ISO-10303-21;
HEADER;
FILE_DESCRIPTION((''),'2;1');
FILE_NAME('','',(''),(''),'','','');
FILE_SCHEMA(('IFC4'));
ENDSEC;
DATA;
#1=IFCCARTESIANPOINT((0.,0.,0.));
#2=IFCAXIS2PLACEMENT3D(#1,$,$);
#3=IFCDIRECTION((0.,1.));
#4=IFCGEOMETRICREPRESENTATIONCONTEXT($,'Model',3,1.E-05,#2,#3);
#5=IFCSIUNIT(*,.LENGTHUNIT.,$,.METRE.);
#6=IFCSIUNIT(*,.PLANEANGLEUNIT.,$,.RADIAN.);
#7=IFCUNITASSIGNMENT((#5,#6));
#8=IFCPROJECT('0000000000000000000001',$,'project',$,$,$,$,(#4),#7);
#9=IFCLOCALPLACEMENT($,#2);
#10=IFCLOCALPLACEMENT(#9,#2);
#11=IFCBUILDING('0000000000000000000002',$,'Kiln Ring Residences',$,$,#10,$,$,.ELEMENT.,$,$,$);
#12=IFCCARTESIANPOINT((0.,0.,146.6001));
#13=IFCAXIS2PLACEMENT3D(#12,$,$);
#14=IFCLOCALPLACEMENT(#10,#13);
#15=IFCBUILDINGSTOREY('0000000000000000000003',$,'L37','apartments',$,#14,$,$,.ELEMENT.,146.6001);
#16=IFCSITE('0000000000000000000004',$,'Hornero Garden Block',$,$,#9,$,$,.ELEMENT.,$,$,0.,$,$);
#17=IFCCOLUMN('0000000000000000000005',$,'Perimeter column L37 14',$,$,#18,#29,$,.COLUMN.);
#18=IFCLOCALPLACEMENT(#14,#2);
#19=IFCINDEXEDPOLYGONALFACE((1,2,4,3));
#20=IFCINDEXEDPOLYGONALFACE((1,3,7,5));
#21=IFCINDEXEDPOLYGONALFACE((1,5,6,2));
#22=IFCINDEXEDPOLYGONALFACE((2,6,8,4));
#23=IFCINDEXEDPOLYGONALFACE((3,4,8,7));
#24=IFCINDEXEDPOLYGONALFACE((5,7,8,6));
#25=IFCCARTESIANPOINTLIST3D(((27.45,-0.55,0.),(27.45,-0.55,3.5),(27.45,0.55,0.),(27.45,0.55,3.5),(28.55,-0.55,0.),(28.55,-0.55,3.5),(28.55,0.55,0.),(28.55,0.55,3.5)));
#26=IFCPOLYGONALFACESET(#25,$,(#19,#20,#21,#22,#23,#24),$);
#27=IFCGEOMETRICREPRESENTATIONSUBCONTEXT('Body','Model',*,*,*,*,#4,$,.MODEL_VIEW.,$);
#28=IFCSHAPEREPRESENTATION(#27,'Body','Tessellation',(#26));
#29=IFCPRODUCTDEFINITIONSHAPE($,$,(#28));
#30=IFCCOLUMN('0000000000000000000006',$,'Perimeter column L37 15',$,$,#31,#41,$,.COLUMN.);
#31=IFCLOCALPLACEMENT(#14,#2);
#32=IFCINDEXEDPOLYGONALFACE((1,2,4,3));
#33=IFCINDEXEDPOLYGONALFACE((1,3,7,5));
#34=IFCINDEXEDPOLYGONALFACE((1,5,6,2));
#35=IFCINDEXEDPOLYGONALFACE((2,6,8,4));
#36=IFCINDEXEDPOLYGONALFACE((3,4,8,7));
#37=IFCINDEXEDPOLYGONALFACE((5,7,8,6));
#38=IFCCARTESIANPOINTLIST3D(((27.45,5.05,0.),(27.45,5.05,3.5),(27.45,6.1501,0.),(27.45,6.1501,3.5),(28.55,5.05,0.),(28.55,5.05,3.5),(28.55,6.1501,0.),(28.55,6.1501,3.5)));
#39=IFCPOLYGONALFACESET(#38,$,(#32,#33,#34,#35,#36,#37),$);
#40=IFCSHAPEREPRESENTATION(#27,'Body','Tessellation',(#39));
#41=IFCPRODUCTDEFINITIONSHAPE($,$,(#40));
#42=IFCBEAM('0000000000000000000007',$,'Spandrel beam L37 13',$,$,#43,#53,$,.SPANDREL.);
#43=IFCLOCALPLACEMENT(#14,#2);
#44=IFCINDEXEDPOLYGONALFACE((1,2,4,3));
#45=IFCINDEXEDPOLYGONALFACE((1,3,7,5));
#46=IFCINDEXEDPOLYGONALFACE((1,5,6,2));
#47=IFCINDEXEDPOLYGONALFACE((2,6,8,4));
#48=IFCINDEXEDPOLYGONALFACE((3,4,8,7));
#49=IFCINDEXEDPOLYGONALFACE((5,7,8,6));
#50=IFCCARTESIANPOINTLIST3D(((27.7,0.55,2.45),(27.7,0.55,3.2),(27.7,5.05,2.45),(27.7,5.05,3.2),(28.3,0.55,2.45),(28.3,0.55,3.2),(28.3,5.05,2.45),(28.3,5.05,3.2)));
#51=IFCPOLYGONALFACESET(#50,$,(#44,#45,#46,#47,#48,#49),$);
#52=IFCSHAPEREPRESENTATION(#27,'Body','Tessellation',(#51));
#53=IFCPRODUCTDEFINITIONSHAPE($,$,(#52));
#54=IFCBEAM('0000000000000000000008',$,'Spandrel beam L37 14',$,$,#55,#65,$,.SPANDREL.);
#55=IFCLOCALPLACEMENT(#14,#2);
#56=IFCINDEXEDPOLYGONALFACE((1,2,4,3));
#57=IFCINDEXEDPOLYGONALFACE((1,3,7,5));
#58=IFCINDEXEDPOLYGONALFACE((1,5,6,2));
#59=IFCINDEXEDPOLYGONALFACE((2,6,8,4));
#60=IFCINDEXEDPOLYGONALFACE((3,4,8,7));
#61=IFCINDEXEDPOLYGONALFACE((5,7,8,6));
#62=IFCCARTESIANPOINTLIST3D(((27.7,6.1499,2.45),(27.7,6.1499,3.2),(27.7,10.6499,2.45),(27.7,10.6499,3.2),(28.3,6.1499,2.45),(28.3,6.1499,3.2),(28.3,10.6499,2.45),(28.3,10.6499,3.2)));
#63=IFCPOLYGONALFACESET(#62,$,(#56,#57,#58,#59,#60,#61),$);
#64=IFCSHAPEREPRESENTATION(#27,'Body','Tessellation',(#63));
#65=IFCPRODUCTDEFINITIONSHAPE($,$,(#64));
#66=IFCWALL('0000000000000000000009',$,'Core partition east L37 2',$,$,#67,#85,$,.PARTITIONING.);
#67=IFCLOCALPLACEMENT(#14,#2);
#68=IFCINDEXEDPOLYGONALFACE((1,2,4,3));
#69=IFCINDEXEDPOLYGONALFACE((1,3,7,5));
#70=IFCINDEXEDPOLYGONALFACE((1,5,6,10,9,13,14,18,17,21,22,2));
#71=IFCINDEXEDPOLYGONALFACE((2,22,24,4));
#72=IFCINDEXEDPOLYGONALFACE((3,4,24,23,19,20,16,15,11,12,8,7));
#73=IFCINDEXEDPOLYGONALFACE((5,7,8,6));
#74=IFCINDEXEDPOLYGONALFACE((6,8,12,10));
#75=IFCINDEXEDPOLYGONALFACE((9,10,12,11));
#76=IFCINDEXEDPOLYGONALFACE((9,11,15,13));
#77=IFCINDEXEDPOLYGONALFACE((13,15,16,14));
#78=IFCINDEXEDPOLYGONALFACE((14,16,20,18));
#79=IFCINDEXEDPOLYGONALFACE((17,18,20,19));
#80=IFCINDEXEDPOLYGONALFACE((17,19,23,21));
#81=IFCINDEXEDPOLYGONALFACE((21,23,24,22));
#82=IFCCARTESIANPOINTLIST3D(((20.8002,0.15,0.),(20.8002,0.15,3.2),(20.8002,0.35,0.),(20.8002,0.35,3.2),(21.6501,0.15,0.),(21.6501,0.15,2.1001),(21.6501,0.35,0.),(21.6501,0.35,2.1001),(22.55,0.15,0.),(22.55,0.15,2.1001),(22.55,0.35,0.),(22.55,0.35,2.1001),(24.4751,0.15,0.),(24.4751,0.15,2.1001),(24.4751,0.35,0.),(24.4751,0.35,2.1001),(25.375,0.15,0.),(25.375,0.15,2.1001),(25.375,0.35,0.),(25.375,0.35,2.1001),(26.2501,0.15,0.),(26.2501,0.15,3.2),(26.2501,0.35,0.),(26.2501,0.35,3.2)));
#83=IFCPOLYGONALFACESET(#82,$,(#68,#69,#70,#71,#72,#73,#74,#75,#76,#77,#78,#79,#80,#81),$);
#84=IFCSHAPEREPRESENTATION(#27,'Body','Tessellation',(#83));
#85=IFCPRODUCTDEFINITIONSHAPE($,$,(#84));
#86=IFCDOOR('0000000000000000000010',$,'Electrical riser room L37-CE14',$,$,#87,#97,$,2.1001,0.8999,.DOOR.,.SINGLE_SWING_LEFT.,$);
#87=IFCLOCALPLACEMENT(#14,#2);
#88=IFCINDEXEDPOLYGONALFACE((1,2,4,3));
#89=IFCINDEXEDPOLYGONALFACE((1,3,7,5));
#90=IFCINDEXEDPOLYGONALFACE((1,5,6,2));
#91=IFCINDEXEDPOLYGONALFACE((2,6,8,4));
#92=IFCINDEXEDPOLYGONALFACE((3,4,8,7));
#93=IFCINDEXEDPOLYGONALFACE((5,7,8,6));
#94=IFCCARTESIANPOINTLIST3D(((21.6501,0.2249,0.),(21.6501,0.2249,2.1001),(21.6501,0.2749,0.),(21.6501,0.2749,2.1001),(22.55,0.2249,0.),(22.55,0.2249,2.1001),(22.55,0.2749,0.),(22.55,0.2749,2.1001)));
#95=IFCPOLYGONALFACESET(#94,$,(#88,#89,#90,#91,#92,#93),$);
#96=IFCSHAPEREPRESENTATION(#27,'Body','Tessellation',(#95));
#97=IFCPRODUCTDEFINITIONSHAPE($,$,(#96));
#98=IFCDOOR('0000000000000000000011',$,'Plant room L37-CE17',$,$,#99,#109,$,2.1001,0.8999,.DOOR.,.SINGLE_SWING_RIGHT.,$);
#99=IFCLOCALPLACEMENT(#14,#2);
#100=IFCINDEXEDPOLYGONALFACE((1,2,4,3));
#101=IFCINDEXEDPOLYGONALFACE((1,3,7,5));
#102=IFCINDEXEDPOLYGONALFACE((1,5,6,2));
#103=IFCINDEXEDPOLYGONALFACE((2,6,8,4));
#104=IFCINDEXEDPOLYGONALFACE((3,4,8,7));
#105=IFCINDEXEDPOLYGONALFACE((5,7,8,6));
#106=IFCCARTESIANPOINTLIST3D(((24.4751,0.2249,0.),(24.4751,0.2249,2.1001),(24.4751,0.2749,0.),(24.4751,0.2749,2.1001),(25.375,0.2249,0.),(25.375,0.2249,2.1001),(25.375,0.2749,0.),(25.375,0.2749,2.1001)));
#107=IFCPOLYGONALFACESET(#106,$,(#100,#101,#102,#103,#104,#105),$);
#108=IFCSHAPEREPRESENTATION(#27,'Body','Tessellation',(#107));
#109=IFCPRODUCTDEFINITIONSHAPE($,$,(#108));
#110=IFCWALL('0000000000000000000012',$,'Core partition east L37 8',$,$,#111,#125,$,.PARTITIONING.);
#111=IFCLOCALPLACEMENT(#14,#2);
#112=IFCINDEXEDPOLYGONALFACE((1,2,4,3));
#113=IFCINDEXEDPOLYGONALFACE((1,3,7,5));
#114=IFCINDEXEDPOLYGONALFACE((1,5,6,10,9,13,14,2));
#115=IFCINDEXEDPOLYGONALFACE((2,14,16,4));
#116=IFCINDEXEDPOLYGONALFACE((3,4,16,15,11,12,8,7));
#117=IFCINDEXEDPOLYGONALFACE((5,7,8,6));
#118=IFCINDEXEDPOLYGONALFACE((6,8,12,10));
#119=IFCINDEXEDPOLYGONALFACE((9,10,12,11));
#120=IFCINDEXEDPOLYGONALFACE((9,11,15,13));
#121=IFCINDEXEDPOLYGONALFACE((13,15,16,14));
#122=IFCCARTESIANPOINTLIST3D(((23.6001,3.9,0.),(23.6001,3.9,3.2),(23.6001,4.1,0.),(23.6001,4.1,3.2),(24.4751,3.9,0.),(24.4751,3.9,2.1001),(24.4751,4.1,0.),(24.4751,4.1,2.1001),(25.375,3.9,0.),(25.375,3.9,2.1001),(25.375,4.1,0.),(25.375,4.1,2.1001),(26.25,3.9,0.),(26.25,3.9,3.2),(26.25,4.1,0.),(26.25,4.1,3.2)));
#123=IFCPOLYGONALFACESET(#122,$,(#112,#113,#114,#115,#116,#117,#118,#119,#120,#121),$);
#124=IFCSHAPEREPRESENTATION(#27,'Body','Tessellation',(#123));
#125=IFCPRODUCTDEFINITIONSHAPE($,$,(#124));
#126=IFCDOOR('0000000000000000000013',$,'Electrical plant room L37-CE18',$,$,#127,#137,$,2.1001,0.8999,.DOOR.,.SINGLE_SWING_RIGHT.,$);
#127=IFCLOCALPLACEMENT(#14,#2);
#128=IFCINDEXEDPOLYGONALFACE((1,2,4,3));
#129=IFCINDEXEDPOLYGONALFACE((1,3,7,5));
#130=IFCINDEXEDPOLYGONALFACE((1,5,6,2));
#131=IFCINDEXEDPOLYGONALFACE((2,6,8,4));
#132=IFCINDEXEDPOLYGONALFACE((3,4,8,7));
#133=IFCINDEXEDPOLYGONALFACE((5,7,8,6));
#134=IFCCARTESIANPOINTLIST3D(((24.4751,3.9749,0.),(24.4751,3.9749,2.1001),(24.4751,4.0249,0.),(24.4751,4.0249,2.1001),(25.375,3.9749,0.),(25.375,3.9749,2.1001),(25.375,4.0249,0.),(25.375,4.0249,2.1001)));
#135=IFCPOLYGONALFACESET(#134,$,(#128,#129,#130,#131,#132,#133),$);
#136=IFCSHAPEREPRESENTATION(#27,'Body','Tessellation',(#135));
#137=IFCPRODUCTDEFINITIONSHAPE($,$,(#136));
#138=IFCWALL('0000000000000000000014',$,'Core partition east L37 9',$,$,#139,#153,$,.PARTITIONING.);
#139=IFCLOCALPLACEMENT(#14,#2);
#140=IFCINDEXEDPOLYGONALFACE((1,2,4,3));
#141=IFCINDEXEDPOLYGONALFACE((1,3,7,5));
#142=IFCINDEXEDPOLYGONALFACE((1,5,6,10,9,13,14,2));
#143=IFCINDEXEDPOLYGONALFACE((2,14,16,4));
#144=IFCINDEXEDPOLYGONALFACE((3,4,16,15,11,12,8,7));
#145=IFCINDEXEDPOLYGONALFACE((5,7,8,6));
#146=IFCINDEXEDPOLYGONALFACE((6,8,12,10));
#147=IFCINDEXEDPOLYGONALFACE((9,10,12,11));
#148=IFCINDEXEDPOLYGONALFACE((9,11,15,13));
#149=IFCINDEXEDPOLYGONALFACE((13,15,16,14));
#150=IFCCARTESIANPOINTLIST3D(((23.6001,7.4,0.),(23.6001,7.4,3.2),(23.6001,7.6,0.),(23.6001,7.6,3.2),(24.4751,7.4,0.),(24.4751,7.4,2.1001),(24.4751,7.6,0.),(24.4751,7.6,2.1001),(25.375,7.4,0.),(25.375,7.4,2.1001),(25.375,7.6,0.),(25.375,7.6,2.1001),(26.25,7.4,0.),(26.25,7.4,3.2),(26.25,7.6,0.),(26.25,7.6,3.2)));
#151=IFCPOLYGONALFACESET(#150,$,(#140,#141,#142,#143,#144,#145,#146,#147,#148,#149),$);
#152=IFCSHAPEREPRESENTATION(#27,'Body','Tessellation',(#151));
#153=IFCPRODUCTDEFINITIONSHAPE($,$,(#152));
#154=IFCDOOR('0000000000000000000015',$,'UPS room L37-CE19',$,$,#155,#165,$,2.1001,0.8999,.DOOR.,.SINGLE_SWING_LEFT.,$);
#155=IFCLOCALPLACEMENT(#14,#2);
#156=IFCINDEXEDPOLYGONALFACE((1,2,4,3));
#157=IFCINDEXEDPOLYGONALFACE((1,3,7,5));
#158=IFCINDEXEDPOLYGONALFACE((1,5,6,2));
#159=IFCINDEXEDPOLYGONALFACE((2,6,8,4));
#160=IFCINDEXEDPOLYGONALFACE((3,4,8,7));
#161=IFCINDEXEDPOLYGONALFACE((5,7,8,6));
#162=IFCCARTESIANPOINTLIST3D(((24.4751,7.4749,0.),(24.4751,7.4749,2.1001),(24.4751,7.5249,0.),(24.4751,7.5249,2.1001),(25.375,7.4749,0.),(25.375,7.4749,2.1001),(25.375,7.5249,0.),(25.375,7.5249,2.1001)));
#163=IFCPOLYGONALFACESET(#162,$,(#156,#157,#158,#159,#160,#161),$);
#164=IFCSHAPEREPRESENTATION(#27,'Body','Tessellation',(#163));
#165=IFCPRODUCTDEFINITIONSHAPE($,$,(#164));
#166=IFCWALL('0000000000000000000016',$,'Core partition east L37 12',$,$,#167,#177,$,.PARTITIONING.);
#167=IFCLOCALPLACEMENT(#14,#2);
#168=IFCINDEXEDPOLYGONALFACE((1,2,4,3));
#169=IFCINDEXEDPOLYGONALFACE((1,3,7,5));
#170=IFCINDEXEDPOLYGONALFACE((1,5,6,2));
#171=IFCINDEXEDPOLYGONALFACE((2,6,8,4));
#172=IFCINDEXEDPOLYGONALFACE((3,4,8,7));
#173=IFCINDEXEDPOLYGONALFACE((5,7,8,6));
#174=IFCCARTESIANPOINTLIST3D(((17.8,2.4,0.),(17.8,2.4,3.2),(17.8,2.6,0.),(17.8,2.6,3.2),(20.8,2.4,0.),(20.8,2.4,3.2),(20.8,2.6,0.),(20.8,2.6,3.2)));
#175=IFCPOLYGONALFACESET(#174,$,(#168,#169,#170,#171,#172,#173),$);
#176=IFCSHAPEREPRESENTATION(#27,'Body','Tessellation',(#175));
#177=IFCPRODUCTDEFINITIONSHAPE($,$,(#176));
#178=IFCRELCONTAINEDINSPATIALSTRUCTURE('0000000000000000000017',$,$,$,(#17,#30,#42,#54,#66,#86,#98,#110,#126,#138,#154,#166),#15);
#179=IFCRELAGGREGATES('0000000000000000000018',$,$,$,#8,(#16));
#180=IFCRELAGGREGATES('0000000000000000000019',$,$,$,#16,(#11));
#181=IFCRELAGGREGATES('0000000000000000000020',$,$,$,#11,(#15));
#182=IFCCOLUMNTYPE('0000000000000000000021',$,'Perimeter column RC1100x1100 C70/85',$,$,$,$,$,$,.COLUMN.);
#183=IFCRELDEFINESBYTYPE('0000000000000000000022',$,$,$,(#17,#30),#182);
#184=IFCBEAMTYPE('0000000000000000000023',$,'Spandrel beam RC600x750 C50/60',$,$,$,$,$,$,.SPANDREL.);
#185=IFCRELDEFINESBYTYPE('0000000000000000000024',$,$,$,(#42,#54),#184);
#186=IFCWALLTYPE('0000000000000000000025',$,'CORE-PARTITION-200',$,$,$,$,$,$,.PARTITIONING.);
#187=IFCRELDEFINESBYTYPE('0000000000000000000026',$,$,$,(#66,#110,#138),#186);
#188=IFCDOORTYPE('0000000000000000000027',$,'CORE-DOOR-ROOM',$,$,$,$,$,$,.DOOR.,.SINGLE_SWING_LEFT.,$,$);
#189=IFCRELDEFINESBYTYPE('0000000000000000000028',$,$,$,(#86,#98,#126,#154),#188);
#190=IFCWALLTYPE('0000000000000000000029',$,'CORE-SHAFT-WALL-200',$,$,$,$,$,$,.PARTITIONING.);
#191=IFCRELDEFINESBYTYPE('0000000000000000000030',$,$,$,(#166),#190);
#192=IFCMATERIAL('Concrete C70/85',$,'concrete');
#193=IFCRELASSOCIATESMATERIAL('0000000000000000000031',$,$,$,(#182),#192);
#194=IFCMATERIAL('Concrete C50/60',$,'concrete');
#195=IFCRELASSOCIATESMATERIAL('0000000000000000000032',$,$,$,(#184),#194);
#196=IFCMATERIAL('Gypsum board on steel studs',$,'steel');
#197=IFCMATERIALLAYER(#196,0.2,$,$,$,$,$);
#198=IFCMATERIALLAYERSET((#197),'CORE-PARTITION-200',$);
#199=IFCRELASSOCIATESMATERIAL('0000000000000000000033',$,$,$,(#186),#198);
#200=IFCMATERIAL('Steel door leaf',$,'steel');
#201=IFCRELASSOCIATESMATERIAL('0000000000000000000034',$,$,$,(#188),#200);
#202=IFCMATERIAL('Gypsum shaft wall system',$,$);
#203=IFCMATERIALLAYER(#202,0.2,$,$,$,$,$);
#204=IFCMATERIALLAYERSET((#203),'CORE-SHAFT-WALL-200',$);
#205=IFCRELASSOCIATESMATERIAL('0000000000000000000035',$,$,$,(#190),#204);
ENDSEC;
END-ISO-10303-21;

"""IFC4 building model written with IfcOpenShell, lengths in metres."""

from ifc_helpers import new_model, si_unit, direction, frame, frame_2d, origin, origin_2d, place, context, subcontext, project, spatial, rectangle, extrude, material, layer, layer_set, material_profile, profile_set, type_object, element, fill, save


model = new_model("IFC4")

# Units and contexts
model_context = context("Model", 3, precision=1e-05, world=origin(), true_north=direction((0.0, 1.0)))
body_context = subcontext(model_context, "Body", "Model", "MODEL_VIEW")
ifc_project = project(units=[si_unit("LENGTHUNIT", "METRE"), si_unit("PLANEANGLEUNIT", "RADIAN")], contexts=[model_context])

# Site, building, storey
site_placement = place(None, origin())
site = spatial("IfcSite", under=ifc_project, at=site_placement, Name="Hornero Garden Block", CompositionType="ELEMENT", RefElevation=0.0)
building_placement = place(site_placement, origin())
building = spatial("IfcBuilding", under=site, at=building_placement, Name="Kiln Ring Residences", CompositionType="ELEMENT")
storey_placement = place(building_placement, frame((0.0, 0.0, 146.6001)))
storey = spatial("IfcBuildingStorey", under=building, at=storey_placement, Name="L37", Description="apartments", CompositionType="ELEMENT", Elevation=146.6001)

# Columns
ifc_material_1 = material(Name="Concrete C70/85", Category="concrete")
ifc_material_profile_1 = material_profile(ifc_material_1, rectangle(XDim=1.1001, YDim=1.1001, at=origin_2d()), Name="RC1100x1100")
ifc_profile_set_1 = profile_set([ifc_material_profile_1], Name="Concrete C70/85")
column_type = type_object("IfcColumnType", Name="Perimeter column RC1100x1100 C70/85", PredefinedType="COLUMN", material=ifc_profile_set_1)
for number, where, z_axis, x_axis, name in (
    (1, (28.0, 0.0, 0.0), (0.0, 0.0, 1.0), (1.0, 0.0, 0.0), "Perimeter column L37 14"),
    (2, (28.0, 5.6001, 0.0), (0.0, 0.0, 1.0), (1.0, 0.0, 0.0), "Perimeter column L37 15"),
):
    element("IfcColumn", number, at=place(storey_placement, frame(where, z_axis=z_axis, x_axis=x_axis)), inside=storey, type_object=column_type, Name=name, PredefinedType="COLUMN", context=body_context, shape_type="SweptSolid", body=[
        extrude(rectangle(XDim=1.1001, YDim=1.1001, at=origin_2d()), origin(), (0.0, 0.0, 1.0), 3.5),
    ])

# Beams
ifc_material_2 = material(Name="Concrete C50/60", Category="concrete")
ifc_material_profile_2 = material_profile(ifc_material_2, rectangle(XDim=0.6001, YDim=0.75, at=origin_2d()), Name="RC600x750")
ifc_profile_set_2 = profile_set([ifc_material_profile_2], Name="Concrete C50/60")
beam_type = type_object("IfcBeamType", Name="Spandrel beam RC600x750 C50/60", PredefinedType="SPANDREL", material=ifc_profile_set_2)
for number, where, z_axis, x_axis, name in (
    (3, (28.0, 0.55, 2.825), (0.0, 1.0, 0.0), (-1.0, 0.0, 0.0), "Spandrel beam L37 13"),
    (4, (28.0, 6.1499, 2.825), (0.0, 1.0, 0.0), (-1.0, 0.0, 0.0), "Spandrel beam L37 14"),
):
    element("IfcBeam", number, at=place(storey_placement, frame(where, z_axis=z_axis, x_axis=x_axis)), inside=storey, type_object=beam_type, Name=name, PredefinedType="SPANDREL", context=body_context, shape_type="SweptSolid", body=[
        extrude(rectangle(XDim=0.6001, YDim=0.75, at=origin_2d()), origin(), (0.0, 0.0, 1.0), 4.5),
    ])

# Wall, openings, doors
ifc_material_3 = material(Name="Gypsum board on steel studs", Category="steel")
ifc_layer_1 = layer(ifc_material_3, 0.2)
ifc_layer_set_1 = layer_set([ifc_layer_1], Name="CORE-PARTITION-200")
wall_type_1 = type_object("IfcWallType", Name="CORE-PARTITION-200", PredefinedType="PARTITIONING", material=ifc_layer_set_1)
wall_1_placement = place(storey_placement, frame((20.8, 0.25, 0.0), z_axis=(0.0, 0.0, 1.0), x_axis=(1.0, 0.0, 0.0)))
wall_1 = element("IfcWall", 5, at=wall_1_placement, inside=storey, type_object=wall_type_1, Name="Core partition east L37 2", PredefinedType="PARTITIONING", context=body_context, shape_type="SweptSolid", body=[
    extrude(rectangle(XDim=5.45, YDim=0.2, at=frame_2d((2.7251, 0.0))), origin(), (0.0, 0.0, 1.0), 3.2),
])
opening_1_placement = place(wall_1_placement, frame((0.8501, 0.0, 0.0)))
opening_1 = element("IfcOpeningElement", 6, at=opening_1_placement, cuts=wall_1, PredefinedType="OPENING", context=body_context, shape_type="SweptSolid", body=[
    extrude(rectangle(XDim=0.8999, YDim=2.1001, at=frame_2d((0.45, 1.05))), frame((0.0, 0.1099, 0.0), z_axis=(0.0, -1.0, 0.0), x_axis=(1.0, 0.0, 0.0)), (0.0, 0.0, 1.0), 0.22),
])
opening_2_placement = place(wall_1_placement, frame((3.675, 0.0, 0.0)))
opening_2 = element("IfcOpeningElement", 7, at=opening_2_placement, cuts=wall_1, PredefinedType="OPENING", context=body_context, shape_type="SweptSolid", body=[
    extrude(rectangle(XDim=0.8999, YDim=2.1001, at=frame_2d((0.45, 1.05))), frame((0.0, 0.1099, 0.0), z_axis=(0.0, -1.0, 0.0), x_axis=(1.0, 0.0, 0.0)), (0.0, 0.0, 1.0), 0.22),
])
ifc_material_4 = material(Name="Steel door leaf", Category="steel")
door_type = type_object("IfcDoorType", Name="CORE-DOOR-ROOM", OperationType="SINGLE_SWING_LEFT", PredefinedType="DOOR", material=ifc_material_4)
door_1_placement = place(opening_1_placement, origin())
door_1 = element("IfcDoor", 8, at=door_1_placement, inside=storey, type_object=door_type, Name="Electrical riser room L37-CE14", OperationType="SINGLE_SWING_LEFT", OverallHeight=2.1001, OverallWidth=0.8999, PredefinedType="DOOR", context=body_context, shape_type="SweptSolid", body=[
    extrude(rectangle(XDim=0.8999, YDim=2.1001, at=frame_2d((0.45, 1.05))), frame((0.0, 0.0249, 0.0), z_axis=(0.0, -1.0, 0.0), x_axis=(1.0, 0.0, 0.0)), (0.0, 0.0, 1.0), 0.05),
])
fill(opening_1, door_1)
door_2_placement = place(opening_2_placement, origin())
door_2 = element("IfcDoor", 9, at=door_2_placement, inside=storey, type_object=door_type, Name="Plant room L37-CE17", OperationType="SINGLE_SWING_RIGHT", OverallHeight=2.1001, OverallWidth=0.8999, PredefinedType="DOOR", context=body_context, shape_type="SweptSolid", body=[
    extrude(rectangle(XDim=0.8999, YDim=2.1001, at=frame_2d((0.45, 1.05))), frame((0.0, 0.0249, 0.0), z_axis=(0.0, -1.0, 0.0), x_axis=(1.0, 0.0, 0.0)), (0.0, 0.0, 1.0), 0.05),
])
fill(opening_2, door_2)

# Walls, openings, doors
wall_2_placement = place(storey_placement, frame((23.6001, 4.0, 0.0), z_axis=(0.0, 0.0, 1.0), x_axis=(1.0, 0.0, 0.0)))
wall_2 = element("IfcWall", 10, at=wall_2_placement, inside=storey, type_object=wall_type_1, Name="Core partition east L37 8", PredefinedType="PARTITIONING", context=body_context, shape_type="SweptSolid", body=[
    extrude(rectangle(XDim=2.6499, YDim=0.2, at=frame_2d((1.325, 0.0))), origin(), (0.0, 0.0, 1.0), 3.2),
])
opening_3_placement = place(wall_2_placement, frame((0.875, 0.0, 0.0)))
opening_3 = element("IfcOpeningElement", 11, at=opening_3_placement, cuts=wall_2, PredefinedType="OPENING", context=body_context, shape_type="SweptSolid", body=[
    extrude(rectangle(XDim=0.8999, YDim=2.1001, at=frame_2d((0.45, 1.05))), frame((0.0, 0.1099, 0.0), z_axis=(0.0, -1.0, 0.0), x_axis=(1.0, 0.0, 0.0)), (0.0, 0.0, 1.0), 0.22),
])
door_3_placement = place(opening_3_placement, origin())
door_3 = element("IfcDoor", 12, at=door_3_placement, inside=storey, type_object=door_type, Name="Electrical plant room L37-CE18", OperationType="SINGLE_SWING_RIGHT", OverallHeight=2.1001, OverallWidth=0.8999, PredefinedType="DOOR", context=body_context, shape_type="SweptSolid", body=[
    extrude(rectangle(XDim=0.8999, YDim=2.1001, at=frame_2d((0.45, 1.05))), frame((0.0, 0.0249, 0.0), z_axis=(0.0, -1.0, 0.0), x_axis=(1.0, 0.0, 0.0)), (0.0, 0.0, 1.0), 0.05),
])
fill(opening_3, door_3)
wall_3_placement = place(storey_placement, frame((23.6001, 7.5, 0.0), z_axis=(0.0, 0.0, 1.0), x_axis=(1.0, 0.0, 0.0)))
wall_3 = element("IfcWall", 13, at=wall_3_placement, inside=storey, type_object=wall_type_1, Name="Core partition east L37 9", PredefinedType="PARTITIONING", context=body_context, shape_type="SweptSolid", body=[
    extrude(rectangle(XDim=2.6499, YDim=0.2, at=frame_2d((1.325, 0.0))), origin(), (0.0, 0.0, 1.0), 3.2),
])
opening_4_placement = place(wall_3_placement, frame((0.875, 0.0, 0.0)))
opening_4 = element("IfcOpeningElement", 14, at=opening_4_placement, cuts=wall_3, PredefinedType="OPENING", context=body_context, shape_type="SweptSolid", body=[
    extrude(rectangle(XDim=0.8999, YDim=2.1001, at=frame_2d((0.45, 1.05))), frame((0.0, 0.1099, 0.0), z_axis=(0.0, -1.0, 0.0), x_axis=(1.0, 0.0, 0.0)), (0.0, 0.0, 1.0), 0.22),
])
door_4_placement = place(opening_4_placement, origin())
door_4 = element("IfcDoor", 15, at=door_4_placement, inside=storey, type_object=door_type, Name="UPS room L37-CE19", OperationType="SINGLE_SWING_LEFT", OverallHeight=2.1001, OverallWidth=0.8999, PredefinedType="DOOR", context=body_context, shape_type="SweptSolid", body=[
    extrude(rectangle(XDim=0.8999, YDim=2.1001, at=frame_2d((0.45, 1.05))), frame((0.0, 0.0249, 0.0), z_axis=(0.0, -1.0, 0.0), x_axis=(1.0, 0.0, 0.0)), (0.0, 0.0, 1.0), 0.05),
])
fill(opening_4, door_4)

# Wall
ifc_material_5 = material(Name="Gypsum shaft wall system")
ifc_layer_2 = layer(ifc_material_5, 0.2)
ifc_layer_set_2 = layer_set([ifc_layer_2], Name="CORE-SHAFT-WALL-200")
wall_type_2 = type_object("IfcWallType", Name="CORE-SHAFT-WALL-200", PredefinedType="PARTITIONING", material=ifc_layer_set_2)
wall_4_placement = place(storey_placement, frame((17.8, 2.5, 0.0), z_axis=(0.0, 0.0, 1.0), x_axis=(1.0, 0.0, 0.0)))
element("IfcWall", 16, at=wall_4_placement, inside=storey, type_object=wall_type_2, Name="Core partition east L37 12", PredefinedType="PARTITIONING", context=body_context, shape_type="SweptSolid", body=[
    extrude(rectangle(XDim=3.0, YDim=0.2, at=frame_2d((1.5, 0.0))), origin(), (0.0, 0.0, 1.0), 3.2),
])

save(model, "model.ifc")
